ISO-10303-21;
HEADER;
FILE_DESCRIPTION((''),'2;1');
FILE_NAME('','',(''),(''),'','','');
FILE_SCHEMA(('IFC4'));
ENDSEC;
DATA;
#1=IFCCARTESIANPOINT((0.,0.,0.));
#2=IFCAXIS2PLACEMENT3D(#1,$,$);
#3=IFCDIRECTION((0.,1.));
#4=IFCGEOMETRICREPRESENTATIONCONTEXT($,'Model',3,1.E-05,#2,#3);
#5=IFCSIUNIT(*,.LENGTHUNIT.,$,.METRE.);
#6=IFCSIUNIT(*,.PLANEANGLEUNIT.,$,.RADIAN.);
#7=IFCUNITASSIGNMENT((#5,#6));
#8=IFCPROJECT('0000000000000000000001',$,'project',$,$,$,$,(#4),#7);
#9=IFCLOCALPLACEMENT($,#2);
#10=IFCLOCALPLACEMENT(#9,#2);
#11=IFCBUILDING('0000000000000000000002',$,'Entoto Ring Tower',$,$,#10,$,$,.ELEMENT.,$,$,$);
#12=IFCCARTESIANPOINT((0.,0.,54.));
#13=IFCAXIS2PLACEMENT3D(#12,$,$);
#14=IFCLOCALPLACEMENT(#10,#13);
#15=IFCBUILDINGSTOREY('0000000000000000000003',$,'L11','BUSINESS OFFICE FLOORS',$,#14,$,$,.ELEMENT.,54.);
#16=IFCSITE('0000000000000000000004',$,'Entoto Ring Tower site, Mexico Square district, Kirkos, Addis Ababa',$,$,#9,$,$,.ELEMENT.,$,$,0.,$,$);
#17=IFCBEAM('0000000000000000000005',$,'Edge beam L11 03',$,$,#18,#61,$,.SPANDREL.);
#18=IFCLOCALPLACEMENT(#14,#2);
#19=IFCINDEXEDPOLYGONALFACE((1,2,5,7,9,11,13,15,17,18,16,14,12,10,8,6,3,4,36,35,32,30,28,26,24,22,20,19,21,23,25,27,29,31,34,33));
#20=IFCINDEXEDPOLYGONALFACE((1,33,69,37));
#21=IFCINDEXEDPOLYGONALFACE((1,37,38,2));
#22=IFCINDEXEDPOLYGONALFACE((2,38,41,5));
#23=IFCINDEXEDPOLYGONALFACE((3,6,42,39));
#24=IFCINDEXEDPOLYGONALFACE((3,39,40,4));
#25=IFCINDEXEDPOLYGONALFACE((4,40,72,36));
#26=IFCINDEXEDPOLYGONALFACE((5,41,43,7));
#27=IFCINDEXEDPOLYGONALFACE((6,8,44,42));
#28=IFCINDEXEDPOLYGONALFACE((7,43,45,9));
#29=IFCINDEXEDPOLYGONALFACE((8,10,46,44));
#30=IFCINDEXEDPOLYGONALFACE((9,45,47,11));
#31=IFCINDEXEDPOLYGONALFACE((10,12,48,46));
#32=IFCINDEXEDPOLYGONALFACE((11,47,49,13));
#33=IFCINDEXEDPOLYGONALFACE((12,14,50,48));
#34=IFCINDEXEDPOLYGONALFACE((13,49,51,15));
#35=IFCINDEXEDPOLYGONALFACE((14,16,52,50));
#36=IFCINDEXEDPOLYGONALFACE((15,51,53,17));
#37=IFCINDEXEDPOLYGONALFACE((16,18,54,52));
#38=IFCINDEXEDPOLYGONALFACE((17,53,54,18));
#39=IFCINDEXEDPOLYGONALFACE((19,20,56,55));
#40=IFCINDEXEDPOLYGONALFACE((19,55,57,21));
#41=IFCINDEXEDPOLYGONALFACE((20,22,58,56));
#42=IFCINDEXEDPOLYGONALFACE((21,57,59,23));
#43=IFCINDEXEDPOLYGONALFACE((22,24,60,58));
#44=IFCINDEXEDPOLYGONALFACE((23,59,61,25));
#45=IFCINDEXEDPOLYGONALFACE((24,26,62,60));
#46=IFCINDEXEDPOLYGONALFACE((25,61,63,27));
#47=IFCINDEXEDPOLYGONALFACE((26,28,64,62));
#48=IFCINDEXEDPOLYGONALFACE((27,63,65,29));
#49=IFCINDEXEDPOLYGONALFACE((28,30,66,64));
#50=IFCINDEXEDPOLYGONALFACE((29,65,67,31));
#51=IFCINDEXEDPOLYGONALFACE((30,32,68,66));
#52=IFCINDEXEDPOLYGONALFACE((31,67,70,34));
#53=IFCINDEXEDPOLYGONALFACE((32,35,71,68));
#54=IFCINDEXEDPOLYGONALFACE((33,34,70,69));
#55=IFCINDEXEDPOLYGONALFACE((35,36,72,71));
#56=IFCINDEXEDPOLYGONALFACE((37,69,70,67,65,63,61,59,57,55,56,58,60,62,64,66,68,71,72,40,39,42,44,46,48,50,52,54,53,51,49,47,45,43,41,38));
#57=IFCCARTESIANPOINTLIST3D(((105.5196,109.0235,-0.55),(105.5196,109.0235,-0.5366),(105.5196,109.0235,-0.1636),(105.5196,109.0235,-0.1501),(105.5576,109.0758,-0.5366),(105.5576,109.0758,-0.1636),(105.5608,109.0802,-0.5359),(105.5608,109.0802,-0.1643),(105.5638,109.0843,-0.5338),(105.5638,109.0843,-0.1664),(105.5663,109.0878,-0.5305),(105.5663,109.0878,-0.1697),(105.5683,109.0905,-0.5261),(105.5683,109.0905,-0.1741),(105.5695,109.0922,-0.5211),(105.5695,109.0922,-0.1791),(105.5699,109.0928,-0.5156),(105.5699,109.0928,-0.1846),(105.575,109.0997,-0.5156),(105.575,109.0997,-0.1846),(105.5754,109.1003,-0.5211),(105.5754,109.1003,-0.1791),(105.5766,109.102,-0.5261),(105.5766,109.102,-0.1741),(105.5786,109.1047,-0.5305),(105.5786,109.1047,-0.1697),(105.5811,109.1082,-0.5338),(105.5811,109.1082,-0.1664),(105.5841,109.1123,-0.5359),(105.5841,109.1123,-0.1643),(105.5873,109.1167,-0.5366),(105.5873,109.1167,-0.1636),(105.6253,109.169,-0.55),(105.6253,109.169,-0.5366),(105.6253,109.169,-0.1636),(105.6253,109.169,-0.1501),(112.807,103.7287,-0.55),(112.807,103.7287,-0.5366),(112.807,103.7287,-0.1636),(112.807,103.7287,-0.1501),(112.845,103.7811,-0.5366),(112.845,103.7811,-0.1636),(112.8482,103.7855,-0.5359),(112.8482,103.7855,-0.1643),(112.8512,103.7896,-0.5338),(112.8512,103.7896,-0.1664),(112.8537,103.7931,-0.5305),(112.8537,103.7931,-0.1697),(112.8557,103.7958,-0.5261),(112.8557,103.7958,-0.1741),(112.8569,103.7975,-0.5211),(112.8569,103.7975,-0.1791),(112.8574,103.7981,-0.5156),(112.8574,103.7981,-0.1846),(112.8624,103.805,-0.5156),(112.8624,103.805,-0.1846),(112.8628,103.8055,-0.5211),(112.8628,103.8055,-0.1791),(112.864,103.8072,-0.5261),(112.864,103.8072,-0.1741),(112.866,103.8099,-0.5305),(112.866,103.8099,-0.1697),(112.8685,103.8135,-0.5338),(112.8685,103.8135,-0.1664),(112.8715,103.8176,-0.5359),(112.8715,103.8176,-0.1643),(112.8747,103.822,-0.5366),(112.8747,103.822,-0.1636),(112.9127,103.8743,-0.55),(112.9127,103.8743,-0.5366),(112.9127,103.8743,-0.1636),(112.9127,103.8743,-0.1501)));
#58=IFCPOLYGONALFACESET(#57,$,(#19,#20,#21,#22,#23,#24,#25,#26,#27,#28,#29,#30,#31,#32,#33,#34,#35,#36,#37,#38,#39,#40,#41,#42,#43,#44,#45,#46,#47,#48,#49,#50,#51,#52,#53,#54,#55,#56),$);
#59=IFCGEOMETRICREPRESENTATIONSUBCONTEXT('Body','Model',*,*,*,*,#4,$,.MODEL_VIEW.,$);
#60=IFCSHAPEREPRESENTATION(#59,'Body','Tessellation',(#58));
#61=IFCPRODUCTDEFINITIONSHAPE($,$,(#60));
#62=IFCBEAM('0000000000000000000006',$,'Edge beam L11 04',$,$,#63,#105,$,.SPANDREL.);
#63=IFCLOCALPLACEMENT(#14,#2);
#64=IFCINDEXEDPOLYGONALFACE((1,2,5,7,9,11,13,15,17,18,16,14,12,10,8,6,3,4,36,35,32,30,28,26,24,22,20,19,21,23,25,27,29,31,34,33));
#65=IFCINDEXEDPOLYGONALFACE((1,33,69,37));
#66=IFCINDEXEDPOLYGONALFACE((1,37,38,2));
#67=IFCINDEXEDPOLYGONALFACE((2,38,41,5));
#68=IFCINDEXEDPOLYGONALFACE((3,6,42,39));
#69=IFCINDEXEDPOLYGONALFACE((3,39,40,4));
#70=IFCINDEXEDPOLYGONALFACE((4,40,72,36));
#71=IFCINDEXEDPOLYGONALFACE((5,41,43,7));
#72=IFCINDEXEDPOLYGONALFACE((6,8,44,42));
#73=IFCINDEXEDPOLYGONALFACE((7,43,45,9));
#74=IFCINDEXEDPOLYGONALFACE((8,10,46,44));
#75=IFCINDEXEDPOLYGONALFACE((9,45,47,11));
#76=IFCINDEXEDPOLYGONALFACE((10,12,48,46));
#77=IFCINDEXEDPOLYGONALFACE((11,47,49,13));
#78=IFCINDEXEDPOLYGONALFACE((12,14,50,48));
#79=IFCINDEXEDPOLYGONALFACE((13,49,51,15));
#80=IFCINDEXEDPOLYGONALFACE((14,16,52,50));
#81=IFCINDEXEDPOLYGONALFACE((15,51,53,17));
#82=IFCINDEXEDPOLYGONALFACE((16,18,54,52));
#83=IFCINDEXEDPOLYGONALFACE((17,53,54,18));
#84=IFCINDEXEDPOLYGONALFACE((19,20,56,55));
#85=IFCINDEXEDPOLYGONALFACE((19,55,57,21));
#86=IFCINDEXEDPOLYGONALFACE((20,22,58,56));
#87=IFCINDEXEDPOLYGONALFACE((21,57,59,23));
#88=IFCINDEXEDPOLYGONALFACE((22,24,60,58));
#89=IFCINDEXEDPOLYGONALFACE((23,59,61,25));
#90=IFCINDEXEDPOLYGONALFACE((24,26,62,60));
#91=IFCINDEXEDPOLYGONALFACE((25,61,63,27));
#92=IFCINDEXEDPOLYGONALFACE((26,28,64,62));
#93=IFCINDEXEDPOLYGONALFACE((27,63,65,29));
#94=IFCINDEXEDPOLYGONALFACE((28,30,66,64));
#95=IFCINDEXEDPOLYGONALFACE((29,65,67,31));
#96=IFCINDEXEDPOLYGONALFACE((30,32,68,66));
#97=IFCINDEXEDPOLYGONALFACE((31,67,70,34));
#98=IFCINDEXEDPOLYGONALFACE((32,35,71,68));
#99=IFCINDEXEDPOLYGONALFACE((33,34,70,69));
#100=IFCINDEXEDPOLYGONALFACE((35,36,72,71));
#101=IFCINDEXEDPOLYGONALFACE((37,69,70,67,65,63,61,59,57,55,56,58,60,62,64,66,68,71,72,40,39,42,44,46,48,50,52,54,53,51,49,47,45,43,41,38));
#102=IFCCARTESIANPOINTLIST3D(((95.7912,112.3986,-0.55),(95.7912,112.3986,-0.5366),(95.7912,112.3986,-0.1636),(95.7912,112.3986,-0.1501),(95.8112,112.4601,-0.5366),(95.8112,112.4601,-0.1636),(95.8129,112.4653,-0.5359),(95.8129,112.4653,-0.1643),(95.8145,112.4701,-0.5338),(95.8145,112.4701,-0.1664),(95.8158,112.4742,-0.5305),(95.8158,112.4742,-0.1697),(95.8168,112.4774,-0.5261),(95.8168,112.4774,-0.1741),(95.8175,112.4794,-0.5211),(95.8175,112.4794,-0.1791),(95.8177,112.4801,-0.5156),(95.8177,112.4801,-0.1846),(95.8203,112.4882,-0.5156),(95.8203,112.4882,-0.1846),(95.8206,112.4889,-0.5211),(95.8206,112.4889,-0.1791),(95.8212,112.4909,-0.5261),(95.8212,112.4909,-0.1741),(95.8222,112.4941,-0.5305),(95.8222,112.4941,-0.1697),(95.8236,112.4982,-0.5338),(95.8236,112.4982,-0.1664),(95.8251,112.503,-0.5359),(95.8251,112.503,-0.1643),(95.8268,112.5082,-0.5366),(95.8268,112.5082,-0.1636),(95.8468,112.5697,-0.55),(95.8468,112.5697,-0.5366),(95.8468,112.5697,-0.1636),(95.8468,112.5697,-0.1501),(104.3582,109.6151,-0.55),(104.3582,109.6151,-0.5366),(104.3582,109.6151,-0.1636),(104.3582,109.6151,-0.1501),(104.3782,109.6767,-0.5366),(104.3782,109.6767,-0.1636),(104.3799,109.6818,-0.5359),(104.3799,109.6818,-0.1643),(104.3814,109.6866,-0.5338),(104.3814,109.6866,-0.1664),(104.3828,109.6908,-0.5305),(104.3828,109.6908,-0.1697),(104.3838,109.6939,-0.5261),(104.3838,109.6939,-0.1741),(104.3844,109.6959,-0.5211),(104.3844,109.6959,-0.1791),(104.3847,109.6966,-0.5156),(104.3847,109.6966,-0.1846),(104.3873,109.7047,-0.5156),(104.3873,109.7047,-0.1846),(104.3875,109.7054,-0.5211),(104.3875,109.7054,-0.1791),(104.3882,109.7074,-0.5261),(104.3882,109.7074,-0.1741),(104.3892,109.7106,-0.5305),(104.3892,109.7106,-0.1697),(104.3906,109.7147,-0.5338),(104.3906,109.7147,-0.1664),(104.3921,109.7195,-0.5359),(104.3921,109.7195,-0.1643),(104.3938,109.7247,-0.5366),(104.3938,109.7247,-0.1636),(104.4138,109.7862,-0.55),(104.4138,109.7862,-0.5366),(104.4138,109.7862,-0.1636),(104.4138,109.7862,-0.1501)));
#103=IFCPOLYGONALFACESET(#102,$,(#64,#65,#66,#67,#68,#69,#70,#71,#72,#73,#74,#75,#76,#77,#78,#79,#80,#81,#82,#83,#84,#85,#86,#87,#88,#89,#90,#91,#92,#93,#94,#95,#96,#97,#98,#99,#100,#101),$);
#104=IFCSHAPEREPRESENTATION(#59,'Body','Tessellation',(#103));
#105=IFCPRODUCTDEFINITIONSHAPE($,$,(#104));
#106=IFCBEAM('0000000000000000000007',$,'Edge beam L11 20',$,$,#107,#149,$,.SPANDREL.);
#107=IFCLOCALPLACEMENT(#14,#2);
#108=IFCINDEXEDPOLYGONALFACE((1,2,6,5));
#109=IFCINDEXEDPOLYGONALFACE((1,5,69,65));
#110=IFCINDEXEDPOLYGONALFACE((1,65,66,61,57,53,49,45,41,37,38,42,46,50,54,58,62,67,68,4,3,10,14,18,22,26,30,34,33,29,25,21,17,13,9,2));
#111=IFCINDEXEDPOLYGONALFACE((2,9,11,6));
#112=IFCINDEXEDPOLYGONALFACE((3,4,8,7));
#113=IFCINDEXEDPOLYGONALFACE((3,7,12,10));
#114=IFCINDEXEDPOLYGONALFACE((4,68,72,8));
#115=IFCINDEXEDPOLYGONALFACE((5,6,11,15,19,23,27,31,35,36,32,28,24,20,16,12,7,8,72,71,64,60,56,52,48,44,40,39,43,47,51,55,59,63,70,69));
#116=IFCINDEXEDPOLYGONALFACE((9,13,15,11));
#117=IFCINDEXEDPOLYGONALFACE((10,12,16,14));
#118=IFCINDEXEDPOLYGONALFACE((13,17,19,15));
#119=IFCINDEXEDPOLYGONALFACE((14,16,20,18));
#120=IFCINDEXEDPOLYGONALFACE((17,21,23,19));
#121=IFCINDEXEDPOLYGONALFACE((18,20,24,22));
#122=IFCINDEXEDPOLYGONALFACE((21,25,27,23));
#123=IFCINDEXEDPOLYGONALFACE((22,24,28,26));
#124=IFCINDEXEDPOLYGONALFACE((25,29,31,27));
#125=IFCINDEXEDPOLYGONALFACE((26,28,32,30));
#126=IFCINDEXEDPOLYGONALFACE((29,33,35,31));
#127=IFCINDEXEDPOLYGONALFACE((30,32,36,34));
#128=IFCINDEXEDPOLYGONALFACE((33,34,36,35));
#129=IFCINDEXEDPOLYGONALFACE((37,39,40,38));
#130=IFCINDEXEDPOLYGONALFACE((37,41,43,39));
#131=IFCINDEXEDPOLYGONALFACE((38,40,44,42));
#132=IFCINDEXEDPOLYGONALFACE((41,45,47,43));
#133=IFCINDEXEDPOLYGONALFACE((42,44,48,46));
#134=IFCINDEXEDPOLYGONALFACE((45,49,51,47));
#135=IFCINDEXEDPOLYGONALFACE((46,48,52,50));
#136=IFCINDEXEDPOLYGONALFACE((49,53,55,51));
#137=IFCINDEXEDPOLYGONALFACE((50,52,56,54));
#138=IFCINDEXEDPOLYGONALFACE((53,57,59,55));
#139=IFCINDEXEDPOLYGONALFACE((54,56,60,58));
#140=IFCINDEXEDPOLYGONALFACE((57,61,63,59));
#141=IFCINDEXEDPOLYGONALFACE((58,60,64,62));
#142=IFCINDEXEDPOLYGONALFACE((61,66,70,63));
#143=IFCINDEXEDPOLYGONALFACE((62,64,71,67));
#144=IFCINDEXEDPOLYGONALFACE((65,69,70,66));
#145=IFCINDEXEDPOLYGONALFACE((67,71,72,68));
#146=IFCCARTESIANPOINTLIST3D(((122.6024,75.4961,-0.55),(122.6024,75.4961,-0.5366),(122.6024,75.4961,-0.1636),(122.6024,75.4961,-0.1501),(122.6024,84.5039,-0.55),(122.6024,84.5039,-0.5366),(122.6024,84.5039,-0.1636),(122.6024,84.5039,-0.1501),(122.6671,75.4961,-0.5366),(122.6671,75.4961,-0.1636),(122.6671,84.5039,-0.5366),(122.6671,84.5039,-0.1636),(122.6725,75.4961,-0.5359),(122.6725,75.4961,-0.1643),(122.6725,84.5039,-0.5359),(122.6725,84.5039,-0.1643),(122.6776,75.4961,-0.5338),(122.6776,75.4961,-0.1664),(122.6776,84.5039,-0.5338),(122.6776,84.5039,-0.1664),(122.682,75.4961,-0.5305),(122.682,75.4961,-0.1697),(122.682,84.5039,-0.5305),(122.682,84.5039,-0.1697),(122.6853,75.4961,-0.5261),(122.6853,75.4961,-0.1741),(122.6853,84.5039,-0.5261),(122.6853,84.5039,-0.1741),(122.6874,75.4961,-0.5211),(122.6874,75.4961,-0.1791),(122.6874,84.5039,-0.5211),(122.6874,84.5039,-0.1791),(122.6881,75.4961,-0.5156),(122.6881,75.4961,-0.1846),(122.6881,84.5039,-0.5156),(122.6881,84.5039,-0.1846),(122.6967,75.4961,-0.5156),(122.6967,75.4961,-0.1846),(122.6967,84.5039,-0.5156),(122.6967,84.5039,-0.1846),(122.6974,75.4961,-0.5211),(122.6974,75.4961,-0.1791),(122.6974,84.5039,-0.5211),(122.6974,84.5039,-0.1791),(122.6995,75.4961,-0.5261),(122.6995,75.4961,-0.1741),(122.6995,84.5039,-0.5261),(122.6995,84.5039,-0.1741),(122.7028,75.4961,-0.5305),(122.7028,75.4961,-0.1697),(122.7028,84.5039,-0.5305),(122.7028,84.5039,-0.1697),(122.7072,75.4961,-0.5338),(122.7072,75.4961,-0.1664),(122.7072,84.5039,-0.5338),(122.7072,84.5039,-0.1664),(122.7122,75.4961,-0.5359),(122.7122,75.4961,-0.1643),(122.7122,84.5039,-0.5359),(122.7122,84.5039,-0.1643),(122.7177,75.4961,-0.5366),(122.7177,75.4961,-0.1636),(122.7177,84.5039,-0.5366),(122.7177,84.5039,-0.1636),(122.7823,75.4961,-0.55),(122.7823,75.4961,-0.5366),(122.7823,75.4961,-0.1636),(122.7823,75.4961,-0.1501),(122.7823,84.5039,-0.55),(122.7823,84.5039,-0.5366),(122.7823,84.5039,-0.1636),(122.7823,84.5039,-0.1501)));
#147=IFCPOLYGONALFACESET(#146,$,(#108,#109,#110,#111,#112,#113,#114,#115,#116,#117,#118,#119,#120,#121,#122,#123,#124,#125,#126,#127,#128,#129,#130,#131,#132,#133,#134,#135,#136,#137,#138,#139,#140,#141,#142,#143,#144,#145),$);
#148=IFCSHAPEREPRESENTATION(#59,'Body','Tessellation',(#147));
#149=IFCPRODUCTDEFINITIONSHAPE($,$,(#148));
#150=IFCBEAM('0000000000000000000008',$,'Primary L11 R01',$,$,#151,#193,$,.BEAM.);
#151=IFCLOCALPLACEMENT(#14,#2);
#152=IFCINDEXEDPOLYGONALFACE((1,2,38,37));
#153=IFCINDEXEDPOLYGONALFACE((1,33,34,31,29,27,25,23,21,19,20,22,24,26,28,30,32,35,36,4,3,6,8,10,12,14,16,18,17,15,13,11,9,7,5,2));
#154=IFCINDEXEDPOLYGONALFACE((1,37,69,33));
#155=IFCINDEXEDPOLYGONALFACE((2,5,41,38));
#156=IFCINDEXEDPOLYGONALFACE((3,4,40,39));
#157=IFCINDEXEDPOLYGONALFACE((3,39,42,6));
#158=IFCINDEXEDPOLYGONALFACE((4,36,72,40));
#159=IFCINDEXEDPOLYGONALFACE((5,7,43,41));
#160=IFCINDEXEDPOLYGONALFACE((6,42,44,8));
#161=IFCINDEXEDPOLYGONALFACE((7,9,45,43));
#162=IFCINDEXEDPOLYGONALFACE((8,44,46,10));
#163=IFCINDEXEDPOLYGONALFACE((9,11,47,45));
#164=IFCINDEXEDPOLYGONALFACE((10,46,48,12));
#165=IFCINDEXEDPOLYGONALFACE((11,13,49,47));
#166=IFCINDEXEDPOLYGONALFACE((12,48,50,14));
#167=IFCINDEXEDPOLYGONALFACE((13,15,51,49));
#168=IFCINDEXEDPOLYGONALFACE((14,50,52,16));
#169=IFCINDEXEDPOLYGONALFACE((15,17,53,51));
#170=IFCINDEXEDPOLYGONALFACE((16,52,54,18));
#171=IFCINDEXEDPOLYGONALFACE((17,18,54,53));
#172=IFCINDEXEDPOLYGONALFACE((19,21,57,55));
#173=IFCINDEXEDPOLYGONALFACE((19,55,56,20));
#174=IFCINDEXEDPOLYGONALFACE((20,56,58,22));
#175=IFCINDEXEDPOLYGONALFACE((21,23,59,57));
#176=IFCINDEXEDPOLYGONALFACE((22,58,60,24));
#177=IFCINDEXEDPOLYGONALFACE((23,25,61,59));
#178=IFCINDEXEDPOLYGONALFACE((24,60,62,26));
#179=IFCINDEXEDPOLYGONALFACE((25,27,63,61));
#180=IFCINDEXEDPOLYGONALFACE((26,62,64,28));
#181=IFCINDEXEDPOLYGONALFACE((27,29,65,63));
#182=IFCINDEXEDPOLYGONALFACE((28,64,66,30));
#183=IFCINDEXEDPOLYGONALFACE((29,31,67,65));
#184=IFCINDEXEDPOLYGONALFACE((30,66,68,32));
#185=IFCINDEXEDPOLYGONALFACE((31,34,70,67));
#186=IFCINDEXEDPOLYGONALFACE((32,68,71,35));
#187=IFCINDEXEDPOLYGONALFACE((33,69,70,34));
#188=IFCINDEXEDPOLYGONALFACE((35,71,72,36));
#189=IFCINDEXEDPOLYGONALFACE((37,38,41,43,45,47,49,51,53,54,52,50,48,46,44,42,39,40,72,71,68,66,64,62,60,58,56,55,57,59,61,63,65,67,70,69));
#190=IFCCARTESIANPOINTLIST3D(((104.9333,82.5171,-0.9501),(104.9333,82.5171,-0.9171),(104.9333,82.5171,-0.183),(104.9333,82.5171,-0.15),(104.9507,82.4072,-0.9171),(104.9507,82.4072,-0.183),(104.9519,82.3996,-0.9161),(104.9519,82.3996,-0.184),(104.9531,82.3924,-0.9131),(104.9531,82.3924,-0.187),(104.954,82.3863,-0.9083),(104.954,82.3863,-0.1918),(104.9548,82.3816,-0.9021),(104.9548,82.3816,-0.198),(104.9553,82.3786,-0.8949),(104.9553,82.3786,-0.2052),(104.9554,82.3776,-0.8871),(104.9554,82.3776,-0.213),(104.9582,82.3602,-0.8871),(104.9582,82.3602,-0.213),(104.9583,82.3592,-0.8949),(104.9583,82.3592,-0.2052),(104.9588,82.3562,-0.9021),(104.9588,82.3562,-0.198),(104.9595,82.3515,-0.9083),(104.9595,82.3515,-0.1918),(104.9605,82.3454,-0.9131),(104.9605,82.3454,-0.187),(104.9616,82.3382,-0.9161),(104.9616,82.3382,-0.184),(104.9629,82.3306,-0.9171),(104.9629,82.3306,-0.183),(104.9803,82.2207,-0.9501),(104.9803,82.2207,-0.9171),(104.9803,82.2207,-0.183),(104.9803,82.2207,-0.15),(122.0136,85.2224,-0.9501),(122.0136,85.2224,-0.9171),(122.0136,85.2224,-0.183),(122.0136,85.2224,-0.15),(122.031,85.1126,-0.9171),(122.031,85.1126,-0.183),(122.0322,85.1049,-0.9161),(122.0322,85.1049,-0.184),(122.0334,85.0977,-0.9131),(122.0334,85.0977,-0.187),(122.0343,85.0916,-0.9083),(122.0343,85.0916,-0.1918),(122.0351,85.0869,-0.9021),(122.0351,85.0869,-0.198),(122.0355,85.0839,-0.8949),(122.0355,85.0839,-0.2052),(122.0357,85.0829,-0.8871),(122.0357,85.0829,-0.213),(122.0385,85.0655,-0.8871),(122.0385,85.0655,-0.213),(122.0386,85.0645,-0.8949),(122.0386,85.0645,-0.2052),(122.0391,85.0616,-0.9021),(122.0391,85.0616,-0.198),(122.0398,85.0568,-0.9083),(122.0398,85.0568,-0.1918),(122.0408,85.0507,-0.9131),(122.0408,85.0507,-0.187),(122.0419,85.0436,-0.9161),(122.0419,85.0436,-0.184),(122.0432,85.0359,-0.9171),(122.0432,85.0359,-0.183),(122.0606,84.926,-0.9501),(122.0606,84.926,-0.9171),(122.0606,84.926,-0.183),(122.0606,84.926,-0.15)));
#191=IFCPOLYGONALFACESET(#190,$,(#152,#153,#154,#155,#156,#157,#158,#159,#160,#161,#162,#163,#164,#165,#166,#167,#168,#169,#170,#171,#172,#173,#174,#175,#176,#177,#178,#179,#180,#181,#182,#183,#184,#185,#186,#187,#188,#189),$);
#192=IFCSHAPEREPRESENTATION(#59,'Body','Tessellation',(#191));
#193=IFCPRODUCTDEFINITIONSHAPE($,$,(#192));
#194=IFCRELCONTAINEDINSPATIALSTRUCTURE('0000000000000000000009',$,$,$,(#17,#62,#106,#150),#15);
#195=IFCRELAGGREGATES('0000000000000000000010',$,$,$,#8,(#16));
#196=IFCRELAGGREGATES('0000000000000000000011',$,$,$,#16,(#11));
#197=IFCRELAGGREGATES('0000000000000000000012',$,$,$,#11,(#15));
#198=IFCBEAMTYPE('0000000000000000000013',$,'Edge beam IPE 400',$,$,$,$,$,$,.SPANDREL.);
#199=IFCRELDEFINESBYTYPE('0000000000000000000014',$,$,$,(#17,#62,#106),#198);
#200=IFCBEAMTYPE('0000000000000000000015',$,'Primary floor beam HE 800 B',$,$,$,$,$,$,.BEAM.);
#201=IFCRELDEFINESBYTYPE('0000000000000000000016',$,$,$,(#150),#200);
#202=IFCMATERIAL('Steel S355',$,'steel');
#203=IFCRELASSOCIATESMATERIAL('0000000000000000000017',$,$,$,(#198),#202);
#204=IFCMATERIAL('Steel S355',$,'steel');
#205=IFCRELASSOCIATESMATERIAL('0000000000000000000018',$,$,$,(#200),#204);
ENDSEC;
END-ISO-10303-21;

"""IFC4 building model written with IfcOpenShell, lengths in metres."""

from ifc_helpers import new_model, si_unit, direction, frame, origin, origin_2d, place, context, subcontext, project, spatial, i_section, extrude, material, material_profile, profile_set, type_object, element, save


model = new_model("IFC4")

# Units and contexts
model_context = context("Model", 3, precision=1e-05, world=origin(), true_north=direction((0.0, 1.0)))
body_context = subcontext(model_context, "Body", "Model", "MODEL_VIEW")
ifc_project = project(units=[si_unit("LENGTHUNIT", "METRE"), si_unit("PLANEANGLEUNIT", "RADIAN")], contexts=[model_context])

# Site, building, storey
site_placement = place(None, origin())
site = spatial("IfcSite", under=ifc_project, at=site_placement, Name="Entoto Ring Tower site, Mexico Square district, Kirkos, Addis Ababa", CompositionType="ELEMENT", RefElevation=0.0)
building_placement = place(site_placement, origin())
building = spatial("IfcBuilding", under=site, at=building_placement, Name="Entoto Ring Tower", CompositionType="ELEMENT")
storey_placement = place(building_placement, frame((0.0, 0.0, 54.0)))
storey = spatial("IfcBuildingStorey", under=building, at=storey_placement, Name="L11", Description="BUSINESS OFFICE FLOORS", CompositionType="ELEMENT", Elevation=54.0)

# Beams
ifc_material_1 = material(Name="Steel S355", Category="steel")
ifc_material_profile_1 = material_profile(ifc_material_1, i_section(OverallWidth=0.1799, OverallDepth=0.3999, WebThickness=0.0085, FlangeThickness=0.0134, FilletRadius=0.021, at=origin_2d()), Name="IPE 400")
ifc_profile_set_1 = profile_set([ifc_material_profile_1], Name="Steel S355")
beam_type_1 = type_object("IfcBeamType", Name="Edge beam IPE 400", PredefinedType="SPANDREL", material=ifc_profile_set_1)
for number, where, z_axis, x_axis, name in (
    (1, (112.8599, 103.8015, -0.3501), (-0.809011, 0.587793, 0.0), (-0.587793, -0.809011, 0.0), "Edge beam L11 03"),
    (2, (104.386, 109.7007, -0.3501), (-0.95106, 0.309006, 0.0), (-0.309006, -0.95106, 0.0), "Edge beam L11 04"),
    (3, (122.6924, 75.4961, -0.3501), (0.0, 1.0, 0.0), (-1.0, 0.0, 0.0), "Edge beam L11 20"),
):
    element("IfcBeam", number, at=place(storey_placement, frame(where, z_axis=z_axis, x_axis=x_axis)), inside=storey, type_object=beam_type_1, Name=name, PredefinedType="SPANDREL", context=body_context, shape_type="SweptSolid", body=[
        extrude(i_section(OverallWidth=0.1799, OverallDepth=0.3999, WebThickness=0.0085, FlangeThickness=0.0134, FilletRadius=0.021, at=origin_2d()), origin(), (0.0, 0.0, 1.0), 9.0078),
    ])
ifc_material_2 = material(Name="Steel S355", Category="steel")
ifc_material_profile_2 = material_profile(ifc_material_2, i_section(OverallWidth=0.3, OverallDepth=0.8, WebThickness=0.0176, FlangeThickness=0.033, FilletRadius=0.03, at=origin_2d()), Name="HE 800 B")
ifc_profile_set_2 = profile_set([ifc_material_profile_2], Name="Steel S355")
beam_type_2 = type_object("IfcBeamType", Name="Primary floor beam HE 800 B", PredefinedType="BEAM", material=ifc_profile_set_2)
beam_1_placement = place(storey_placement, frame((104.9568, 82.3689, -0.55), z_axis=(0.987688, 0.156438, 0.0), x_axis=(-0.156438, 0.987688, 0.0)))
element("IfcBeam", 4, at=beam_1_placement, inside=storey, type_object=beam_type_2, Name="Primary L11 R01", PredefinedType="BEAM", context=body_context, shape_type="SweptSolid", body=[
    extrude(i_section(OverallWidth=0.3, OverallDepth=0.8, WebThickness=0.0176, FlangeThickness=0.033, FilletRadius=0.03, at=origin_2d()), origin(), (0.0, 0.0, 1.0), 17.2932),
])

save(model, "model.ifc")
